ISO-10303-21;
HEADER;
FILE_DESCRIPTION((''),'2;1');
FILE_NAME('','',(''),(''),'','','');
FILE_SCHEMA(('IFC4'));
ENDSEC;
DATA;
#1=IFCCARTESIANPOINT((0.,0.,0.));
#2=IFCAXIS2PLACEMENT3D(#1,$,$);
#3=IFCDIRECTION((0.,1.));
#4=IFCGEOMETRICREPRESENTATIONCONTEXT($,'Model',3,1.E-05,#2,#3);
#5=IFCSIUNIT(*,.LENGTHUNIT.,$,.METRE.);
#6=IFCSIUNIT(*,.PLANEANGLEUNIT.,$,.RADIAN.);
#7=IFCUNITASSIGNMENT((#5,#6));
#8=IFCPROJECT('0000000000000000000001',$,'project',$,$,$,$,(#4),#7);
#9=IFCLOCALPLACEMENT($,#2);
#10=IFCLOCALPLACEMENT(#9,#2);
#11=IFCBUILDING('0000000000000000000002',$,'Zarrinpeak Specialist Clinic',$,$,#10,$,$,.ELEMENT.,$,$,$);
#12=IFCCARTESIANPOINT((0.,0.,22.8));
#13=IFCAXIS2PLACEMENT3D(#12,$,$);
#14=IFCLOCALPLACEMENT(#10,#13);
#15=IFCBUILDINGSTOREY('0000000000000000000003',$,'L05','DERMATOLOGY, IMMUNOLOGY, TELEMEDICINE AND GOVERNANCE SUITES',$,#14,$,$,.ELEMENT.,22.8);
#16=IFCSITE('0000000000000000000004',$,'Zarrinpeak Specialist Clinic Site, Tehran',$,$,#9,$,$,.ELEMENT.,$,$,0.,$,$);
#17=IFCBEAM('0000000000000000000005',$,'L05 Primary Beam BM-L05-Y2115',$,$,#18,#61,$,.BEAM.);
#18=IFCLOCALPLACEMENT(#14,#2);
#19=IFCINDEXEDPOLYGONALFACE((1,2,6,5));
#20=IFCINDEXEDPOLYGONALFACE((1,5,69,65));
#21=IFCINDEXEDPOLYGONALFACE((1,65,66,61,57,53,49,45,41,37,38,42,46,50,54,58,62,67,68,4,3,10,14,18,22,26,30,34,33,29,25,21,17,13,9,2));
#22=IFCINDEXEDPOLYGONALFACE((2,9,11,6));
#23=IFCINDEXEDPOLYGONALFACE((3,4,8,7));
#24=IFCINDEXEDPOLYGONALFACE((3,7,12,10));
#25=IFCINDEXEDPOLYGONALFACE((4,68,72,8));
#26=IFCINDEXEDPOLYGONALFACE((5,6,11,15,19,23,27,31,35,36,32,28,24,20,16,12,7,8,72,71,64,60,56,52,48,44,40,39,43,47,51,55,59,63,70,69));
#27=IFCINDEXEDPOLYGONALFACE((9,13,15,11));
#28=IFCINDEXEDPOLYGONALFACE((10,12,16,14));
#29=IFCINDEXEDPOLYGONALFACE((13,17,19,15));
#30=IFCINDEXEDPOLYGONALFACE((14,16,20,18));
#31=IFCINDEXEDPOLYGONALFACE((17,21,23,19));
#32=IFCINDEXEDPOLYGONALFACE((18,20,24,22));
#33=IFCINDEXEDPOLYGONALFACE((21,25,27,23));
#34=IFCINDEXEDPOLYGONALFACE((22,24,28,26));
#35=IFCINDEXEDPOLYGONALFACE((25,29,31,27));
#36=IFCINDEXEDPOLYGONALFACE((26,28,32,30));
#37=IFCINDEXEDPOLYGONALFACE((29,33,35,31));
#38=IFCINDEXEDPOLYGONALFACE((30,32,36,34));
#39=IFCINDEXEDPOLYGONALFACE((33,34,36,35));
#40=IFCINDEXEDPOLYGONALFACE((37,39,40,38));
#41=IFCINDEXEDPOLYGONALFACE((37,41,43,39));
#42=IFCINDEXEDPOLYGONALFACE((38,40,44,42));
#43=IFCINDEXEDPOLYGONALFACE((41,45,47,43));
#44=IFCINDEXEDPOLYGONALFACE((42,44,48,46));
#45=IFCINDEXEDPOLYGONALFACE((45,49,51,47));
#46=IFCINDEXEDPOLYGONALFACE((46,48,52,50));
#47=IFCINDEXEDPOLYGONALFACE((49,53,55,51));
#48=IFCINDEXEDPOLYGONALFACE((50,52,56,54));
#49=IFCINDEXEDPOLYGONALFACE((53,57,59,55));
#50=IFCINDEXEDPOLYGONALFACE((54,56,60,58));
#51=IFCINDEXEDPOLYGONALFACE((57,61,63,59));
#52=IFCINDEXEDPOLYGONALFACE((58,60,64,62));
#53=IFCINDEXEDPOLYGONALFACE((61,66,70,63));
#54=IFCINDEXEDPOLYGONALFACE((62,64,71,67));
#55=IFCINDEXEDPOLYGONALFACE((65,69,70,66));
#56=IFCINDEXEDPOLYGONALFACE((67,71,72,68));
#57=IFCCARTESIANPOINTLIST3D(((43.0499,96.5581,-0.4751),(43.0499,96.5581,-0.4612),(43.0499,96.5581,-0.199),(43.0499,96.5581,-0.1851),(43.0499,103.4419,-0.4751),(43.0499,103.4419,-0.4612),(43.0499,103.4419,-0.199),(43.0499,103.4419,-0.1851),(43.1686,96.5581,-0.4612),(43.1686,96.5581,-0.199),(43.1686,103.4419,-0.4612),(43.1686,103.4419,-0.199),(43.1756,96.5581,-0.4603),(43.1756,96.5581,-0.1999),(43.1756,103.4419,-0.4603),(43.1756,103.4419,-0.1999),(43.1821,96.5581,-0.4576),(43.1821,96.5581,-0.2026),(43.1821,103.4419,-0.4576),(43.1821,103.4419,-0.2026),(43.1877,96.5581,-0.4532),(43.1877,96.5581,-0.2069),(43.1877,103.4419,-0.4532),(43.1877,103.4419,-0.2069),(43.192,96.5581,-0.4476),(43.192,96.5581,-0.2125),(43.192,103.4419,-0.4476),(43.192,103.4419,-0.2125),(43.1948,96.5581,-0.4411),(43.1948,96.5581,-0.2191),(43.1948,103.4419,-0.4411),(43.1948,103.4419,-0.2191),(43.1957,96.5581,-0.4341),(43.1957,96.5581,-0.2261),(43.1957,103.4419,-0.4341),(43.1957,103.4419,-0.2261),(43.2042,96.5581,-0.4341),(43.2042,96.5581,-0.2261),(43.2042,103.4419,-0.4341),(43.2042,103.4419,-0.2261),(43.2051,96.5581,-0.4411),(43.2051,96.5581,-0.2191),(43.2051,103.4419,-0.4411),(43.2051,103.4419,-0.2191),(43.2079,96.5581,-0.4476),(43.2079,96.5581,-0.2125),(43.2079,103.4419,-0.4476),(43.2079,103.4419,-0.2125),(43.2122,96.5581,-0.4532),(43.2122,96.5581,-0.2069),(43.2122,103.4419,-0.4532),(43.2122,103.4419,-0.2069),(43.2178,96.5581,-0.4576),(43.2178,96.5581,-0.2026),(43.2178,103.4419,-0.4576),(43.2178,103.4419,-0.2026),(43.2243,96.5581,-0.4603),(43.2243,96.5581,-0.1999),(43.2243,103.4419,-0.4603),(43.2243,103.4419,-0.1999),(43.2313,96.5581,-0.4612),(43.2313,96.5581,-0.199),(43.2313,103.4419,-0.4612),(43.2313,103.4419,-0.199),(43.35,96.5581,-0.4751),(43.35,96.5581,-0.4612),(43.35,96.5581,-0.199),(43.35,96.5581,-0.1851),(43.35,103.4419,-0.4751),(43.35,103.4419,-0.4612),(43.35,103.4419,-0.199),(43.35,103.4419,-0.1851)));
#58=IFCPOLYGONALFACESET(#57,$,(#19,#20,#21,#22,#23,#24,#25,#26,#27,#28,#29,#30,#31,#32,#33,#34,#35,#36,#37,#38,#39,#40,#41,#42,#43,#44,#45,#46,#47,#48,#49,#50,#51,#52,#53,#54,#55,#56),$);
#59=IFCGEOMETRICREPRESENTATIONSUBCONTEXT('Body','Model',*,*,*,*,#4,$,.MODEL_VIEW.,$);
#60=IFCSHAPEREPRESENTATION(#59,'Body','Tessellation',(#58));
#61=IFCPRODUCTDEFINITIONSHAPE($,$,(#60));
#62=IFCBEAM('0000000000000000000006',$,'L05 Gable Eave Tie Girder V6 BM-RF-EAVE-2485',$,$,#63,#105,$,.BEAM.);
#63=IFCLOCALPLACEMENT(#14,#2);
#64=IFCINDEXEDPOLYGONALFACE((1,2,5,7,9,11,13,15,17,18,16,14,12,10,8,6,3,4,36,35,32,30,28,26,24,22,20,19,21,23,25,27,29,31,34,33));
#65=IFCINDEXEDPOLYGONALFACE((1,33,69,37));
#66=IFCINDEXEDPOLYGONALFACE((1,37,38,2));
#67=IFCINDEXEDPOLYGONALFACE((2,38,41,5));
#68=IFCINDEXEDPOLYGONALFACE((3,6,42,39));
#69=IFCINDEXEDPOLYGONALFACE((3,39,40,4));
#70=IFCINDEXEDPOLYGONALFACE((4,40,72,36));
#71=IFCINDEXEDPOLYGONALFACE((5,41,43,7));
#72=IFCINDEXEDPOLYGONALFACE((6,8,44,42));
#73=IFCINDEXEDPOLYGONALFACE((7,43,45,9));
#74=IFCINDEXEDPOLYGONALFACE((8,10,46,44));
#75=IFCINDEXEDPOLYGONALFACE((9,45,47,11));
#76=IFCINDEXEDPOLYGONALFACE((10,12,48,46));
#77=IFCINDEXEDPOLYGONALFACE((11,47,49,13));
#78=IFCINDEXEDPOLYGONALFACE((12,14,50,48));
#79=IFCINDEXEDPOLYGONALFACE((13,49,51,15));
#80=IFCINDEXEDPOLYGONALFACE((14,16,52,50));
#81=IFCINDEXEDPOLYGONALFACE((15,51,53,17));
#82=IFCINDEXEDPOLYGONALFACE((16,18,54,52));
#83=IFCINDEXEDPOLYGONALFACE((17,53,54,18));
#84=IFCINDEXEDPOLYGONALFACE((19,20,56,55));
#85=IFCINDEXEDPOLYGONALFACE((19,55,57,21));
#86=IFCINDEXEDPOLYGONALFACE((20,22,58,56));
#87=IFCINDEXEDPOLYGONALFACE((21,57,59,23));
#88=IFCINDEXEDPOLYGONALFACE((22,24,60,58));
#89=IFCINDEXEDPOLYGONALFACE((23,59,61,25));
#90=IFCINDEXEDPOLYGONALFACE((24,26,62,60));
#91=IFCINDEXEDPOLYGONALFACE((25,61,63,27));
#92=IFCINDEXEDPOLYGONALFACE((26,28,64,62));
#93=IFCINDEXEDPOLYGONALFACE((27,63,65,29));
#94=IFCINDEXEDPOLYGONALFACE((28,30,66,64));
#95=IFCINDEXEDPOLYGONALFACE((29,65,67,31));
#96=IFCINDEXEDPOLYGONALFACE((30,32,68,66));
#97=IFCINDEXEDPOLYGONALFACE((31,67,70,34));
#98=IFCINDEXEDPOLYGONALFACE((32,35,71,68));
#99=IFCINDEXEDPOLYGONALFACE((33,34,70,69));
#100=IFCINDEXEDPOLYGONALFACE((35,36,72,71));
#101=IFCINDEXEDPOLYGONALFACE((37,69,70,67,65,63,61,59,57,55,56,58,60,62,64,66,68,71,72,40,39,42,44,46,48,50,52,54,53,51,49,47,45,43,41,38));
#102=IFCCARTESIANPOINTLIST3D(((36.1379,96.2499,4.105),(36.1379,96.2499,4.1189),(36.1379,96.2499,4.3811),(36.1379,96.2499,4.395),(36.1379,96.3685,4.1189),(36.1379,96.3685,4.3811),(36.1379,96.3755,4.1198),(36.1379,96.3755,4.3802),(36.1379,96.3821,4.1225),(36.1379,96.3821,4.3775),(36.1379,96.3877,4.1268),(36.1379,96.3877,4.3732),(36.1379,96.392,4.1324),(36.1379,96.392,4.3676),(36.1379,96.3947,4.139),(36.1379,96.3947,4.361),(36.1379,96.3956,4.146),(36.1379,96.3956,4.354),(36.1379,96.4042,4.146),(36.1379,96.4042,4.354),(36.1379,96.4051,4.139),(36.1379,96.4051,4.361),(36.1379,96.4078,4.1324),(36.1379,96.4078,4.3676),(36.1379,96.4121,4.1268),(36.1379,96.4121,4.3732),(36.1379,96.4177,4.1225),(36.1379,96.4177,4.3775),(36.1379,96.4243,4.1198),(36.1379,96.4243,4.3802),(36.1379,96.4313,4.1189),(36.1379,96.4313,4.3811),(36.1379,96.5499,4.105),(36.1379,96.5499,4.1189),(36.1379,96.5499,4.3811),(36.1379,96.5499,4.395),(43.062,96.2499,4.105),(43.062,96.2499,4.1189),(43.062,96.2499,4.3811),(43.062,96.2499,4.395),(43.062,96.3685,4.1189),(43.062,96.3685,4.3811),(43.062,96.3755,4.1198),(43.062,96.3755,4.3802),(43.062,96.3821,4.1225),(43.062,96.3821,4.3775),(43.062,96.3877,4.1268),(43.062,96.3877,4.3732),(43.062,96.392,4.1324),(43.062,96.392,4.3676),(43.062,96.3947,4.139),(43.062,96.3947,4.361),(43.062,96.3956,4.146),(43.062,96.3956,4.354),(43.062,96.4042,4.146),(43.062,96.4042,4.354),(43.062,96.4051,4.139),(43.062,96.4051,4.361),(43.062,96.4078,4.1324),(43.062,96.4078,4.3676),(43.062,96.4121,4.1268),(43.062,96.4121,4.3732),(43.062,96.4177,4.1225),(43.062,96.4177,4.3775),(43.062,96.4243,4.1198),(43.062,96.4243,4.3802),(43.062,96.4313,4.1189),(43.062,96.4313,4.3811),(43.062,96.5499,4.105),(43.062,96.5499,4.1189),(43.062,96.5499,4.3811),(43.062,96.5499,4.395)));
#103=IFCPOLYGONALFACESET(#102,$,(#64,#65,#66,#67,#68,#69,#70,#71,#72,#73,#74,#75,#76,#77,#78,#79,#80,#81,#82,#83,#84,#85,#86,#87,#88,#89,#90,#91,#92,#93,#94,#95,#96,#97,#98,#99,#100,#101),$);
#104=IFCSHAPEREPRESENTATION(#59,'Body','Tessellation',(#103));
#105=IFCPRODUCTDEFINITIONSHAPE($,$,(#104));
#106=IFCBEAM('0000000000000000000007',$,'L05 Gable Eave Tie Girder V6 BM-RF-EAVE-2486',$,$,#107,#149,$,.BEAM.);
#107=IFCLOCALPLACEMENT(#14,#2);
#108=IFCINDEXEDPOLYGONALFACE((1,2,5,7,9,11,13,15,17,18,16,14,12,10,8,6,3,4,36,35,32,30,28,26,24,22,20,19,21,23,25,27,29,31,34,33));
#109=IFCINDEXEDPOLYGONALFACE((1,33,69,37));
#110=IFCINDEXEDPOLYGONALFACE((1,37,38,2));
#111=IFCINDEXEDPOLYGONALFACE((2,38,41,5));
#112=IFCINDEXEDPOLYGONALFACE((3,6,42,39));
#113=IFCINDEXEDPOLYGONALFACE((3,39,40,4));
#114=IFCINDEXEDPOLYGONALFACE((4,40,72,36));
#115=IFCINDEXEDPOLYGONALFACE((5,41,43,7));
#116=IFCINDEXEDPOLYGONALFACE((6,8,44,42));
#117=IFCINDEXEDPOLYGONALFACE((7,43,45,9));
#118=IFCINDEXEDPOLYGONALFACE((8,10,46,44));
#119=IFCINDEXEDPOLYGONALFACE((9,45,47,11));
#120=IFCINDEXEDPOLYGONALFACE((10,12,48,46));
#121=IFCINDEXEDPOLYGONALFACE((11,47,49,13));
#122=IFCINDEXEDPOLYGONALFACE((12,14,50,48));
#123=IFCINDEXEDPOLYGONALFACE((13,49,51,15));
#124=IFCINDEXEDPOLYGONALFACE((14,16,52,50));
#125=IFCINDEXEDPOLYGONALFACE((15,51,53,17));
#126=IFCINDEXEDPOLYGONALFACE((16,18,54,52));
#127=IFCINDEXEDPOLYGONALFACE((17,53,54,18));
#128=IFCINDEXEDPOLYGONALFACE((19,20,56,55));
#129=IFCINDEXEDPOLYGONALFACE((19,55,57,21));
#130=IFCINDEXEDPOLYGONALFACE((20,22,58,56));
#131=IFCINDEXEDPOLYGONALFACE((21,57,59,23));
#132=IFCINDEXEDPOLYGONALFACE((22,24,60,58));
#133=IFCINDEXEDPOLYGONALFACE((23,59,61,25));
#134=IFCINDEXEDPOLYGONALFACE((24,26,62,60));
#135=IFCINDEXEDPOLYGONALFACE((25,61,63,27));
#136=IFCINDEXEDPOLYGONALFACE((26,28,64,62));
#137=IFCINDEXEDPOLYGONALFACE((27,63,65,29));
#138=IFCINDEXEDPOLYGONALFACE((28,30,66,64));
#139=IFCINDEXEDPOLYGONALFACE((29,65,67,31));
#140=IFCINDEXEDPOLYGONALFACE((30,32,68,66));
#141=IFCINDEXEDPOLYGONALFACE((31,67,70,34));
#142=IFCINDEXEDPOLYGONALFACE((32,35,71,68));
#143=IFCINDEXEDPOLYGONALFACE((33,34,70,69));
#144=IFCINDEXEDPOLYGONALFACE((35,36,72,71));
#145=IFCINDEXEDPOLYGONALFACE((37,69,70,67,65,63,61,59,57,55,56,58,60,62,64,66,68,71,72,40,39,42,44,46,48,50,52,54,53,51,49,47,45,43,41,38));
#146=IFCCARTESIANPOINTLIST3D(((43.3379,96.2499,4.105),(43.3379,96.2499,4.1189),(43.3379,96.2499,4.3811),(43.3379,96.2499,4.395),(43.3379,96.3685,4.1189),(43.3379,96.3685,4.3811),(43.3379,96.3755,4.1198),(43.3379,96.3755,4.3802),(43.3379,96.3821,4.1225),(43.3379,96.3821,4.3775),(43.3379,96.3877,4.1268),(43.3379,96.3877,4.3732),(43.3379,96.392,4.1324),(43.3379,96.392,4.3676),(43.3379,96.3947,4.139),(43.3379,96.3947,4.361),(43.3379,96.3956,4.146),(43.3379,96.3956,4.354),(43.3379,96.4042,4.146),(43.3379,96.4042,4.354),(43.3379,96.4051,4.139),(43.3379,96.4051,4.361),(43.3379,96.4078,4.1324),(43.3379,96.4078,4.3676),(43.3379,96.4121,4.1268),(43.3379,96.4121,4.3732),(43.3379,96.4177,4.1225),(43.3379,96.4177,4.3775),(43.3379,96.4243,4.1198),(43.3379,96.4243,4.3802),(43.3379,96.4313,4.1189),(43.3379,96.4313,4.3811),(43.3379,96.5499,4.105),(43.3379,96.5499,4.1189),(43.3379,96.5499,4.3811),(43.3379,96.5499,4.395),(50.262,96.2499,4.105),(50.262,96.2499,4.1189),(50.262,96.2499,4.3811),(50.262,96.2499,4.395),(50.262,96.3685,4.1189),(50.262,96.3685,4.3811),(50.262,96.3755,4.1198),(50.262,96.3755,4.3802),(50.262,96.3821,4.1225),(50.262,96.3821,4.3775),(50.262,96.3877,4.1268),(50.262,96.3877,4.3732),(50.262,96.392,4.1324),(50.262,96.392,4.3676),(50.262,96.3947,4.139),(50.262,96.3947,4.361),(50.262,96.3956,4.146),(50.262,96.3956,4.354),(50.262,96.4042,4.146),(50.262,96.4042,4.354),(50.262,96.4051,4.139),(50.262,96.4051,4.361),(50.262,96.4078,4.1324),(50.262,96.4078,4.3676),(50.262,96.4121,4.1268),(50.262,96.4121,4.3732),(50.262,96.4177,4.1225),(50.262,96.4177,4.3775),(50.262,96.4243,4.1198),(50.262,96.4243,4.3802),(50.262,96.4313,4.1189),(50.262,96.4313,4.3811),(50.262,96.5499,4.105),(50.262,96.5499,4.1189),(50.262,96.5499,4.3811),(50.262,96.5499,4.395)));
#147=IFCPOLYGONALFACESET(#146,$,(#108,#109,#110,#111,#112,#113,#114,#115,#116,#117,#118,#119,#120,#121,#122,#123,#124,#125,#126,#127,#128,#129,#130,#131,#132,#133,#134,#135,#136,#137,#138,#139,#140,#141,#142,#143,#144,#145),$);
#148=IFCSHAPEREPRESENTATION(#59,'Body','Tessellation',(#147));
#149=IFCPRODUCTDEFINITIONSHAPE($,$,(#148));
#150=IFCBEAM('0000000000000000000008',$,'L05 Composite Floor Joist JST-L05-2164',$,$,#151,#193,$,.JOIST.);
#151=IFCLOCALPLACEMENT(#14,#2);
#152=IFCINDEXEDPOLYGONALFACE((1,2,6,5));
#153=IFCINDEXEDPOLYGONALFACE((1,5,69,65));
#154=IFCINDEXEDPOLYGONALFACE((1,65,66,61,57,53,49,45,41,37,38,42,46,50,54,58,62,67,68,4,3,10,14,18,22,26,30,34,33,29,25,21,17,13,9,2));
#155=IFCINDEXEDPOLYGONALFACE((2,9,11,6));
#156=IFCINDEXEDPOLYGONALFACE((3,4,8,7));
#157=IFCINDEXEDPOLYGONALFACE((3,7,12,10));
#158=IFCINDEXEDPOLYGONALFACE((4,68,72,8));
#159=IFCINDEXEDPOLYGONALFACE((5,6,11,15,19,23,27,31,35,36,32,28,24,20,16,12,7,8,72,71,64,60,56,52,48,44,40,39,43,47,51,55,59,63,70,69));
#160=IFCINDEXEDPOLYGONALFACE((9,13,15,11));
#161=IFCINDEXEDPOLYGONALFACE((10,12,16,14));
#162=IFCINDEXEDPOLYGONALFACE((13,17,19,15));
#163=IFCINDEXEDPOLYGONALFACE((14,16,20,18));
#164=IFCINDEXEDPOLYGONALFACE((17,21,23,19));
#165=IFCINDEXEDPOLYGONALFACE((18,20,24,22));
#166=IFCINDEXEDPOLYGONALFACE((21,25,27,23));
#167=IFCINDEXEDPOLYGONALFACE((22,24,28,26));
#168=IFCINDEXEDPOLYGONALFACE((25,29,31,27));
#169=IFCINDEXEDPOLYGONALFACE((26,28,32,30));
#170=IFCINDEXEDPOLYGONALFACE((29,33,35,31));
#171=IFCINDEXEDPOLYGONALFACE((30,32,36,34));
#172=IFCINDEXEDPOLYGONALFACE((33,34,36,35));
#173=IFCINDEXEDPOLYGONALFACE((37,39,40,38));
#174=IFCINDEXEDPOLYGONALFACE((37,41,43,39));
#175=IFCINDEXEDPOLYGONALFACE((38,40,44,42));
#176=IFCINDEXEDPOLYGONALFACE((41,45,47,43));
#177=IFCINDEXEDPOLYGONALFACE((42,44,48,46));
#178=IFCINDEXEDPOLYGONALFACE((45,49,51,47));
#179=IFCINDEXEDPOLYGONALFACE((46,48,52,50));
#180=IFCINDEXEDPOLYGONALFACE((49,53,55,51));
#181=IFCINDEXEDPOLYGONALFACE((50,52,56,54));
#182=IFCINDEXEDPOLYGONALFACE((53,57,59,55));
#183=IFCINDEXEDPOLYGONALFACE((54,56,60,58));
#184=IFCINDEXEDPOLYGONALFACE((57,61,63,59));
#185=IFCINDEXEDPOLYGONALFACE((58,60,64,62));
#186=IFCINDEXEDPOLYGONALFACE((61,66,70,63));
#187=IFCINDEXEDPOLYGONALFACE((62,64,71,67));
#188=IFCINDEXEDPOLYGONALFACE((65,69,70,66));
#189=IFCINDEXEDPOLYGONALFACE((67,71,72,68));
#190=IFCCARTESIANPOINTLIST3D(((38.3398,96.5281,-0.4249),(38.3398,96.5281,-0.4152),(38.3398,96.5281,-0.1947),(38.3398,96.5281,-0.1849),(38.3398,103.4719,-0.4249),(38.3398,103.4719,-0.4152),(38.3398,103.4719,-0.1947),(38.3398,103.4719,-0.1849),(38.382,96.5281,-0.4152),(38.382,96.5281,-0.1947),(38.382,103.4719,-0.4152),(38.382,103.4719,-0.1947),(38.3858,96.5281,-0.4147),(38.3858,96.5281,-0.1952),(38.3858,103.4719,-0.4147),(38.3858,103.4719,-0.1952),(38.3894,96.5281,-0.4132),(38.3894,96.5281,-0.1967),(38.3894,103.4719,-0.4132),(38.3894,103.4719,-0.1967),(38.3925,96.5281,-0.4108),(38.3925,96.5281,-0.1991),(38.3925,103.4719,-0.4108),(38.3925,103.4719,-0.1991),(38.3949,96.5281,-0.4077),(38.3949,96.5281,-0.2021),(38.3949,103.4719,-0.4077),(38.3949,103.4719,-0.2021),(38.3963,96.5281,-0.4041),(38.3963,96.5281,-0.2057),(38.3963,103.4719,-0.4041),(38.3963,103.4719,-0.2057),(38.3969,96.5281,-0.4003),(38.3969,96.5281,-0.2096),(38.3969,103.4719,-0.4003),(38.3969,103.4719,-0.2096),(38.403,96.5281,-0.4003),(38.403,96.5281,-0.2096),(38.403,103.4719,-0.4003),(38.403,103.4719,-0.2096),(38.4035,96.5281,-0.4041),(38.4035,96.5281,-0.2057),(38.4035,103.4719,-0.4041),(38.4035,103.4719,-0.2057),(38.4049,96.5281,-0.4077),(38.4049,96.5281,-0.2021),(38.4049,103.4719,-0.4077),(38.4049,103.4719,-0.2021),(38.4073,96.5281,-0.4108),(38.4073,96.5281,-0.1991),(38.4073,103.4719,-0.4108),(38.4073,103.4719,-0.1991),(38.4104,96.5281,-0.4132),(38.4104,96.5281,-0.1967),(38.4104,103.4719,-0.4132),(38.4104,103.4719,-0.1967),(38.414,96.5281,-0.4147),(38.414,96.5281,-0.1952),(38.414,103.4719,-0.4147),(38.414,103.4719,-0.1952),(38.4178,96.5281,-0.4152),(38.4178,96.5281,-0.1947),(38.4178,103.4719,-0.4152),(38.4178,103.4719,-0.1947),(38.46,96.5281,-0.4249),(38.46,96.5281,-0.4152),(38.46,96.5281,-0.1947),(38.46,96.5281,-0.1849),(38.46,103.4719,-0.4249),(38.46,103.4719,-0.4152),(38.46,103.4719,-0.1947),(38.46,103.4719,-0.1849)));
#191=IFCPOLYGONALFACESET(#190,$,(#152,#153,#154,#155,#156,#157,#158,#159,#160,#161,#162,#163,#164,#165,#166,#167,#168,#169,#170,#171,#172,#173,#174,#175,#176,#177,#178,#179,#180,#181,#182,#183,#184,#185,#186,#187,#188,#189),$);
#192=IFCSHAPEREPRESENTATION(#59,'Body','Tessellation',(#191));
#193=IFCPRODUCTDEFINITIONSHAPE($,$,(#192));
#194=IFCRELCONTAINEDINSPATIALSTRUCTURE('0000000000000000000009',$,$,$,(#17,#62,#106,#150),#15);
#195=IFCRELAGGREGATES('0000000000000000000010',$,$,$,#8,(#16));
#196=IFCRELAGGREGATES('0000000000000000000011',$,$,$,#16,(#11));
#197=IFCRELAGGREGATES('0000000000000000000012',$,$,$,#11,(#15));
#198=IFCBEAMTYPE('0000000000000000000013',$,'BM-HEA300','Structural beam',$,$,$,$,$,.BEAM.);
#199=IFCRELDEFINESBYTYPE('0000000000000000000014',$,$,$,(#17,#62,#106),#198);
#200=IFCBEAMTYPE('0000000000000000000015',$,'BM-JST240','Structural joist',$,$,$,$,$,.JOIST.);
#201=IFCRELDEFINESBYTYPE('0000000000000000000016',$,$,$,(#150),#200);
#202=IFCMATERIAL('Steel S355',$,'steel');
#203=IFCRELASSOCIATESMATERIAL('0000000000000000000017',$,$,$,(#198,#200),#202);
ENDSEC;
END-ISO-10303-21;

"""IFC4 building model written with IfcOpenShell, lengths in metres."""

from ifc_helpers import new_model, si_unit, direction, frame, origin, origin_2d, place, context, subcontext, project, spatial, i_section, extrude, material, material_profile, profile_set, type_object, element, save


model = new_model("IFC4")

# Units and contexts
model_context = context("Model", 3, precision=1e-05, world=origin(), true_north=direction((0.0, 1.0)))
body_context = subcontext(model_context, "Body", "Model", "MODEL_VIEW")
ifc_project = project(units=[si_unit("LENGTHUNIT", "METRE"), si_unit("PLANEANGLEUNIT", "RADIAN")], contexts=[model_context])

# Site, building, storey
site_placement = place(None, origin())
site = spatial("IfcSite", under=ifc_project, at=site_placement, Name="Zarrinpeak Specialist Clinic Site, Tehran", CompositionType="ELEMENT", RefElevation=0.0)
building_placement = place(site_placement, origin())
building = spatial("IfcBuilding", under=site, at=building_placement, Name="Zarrinpeak Specialist Clinic", CompositionType="ELEMENT")
storey_placement = place(building_placement, frame((0.0, 0.0, 22.8)))
storey = spatial("IfcBuildingStorey", under=building, at=storey_placement, Name="L05", Description="DERMATOLOGY, IMMUNOLOGY, TELEMEDICINE AND GOVERNANCE SUITES", CompositionType="ELEMENT", Elevation=22.8)

# Shared definitions
ifc_material_1 = material(Name="Steel S355", Category="steel")

# Beams
ifc_material_profile_1 = material_profile(ifc_material_1, i_section(OverallWidth=0.3, OverallDepth=0.29, WebThickness=0.0085, FlangeThickness=0.0139, FilletRadius=0.0271, at=origin_2d()), Name="HEA 300")
ifc_profile_set_1 = profile_set([ifc_material_profile_1], Name="Steel S355")
beam_type_1 = type_object("IfcBeamType", Name="BM-HEA300", Description="Structural beam", PredefinedType="BEAM", material=ifc_profile_set_1)
beam_1_placement = place(storey_placement, frame((43.2, 96.5581, -0.3301), z_axis=(0.0, 1.0, 0.0), x_axis=(-1.0, 0.0, 0.0)))
element("IfcBeam", 1, at=beam_1_placement, inside=storey, type_object=beam_type_1, Name="L05 Primary Beam BM-L05-Y2115", PredefinedType="BEAM", context=body_context, shape_type="SweptSolid", body=[
    extrude(i_section(OverallWidth=0.3, OverallDepth=0.29, WebThickness=0.0085, FlangeThickness=0.0139, FilletRadius=0.0271, at=origin_2d()), origin(), (0.0, 0.0, 1.0), 6.8838),
])
for number, where, z_axis, x_axis, name in (
    (2, (36.1379, 96.3999, 4.25), (1.0, 0.0, 0.0), (0.0, 1.0, 0.0), "L05 Gable Eave Tie Girder V6 BM-RF-EAVE-2485"),
    (3, (43.3379, 96.3999, 4.25), (1.0, 0.0, 0.0), (0.0, 1.0, 0.0), "L05 Gable Eave Tie Girder V6 BM-RF-EAVE-2486"),
):
    element("IfcBeam", number, at=place(storey_placement, frame(where, z_axis=z_axis, x_axis=x_axis)), inside=storey, type_object=beam_type_1, Name=name, PredefinedType="BEAM", context=body_context, shape_type="SweptSolid", body=[
        extrude(i_section(OverallWidth=0.3, OverallDepth=0.29, WebThickness=0.0085, FlangeThickness=0.0139, FilletRadius=0.0271, at=origin_2d()), origin(), (0.0, 0.0, 1.0), 6.9241),
    ])
ifc_material_profile_2 = material_profile(ifc_material_1, i_section(OverallWidth=0.1201, OverallDepth=0.24, WebThickness=0.0061, FlangeThickness=0.0098, FilletRadius=0.0149, at=origin_2d()), Name="IPE 240")
ifc_profile_set_2 = profile_set([ifc_material_profile_2], Name="Steel S355")
beam_type_2 = type_object("IfcBeamType", Name="BM-JST240", Description="Structural joist", PredefinedType="JOIST", material=ifc_profile_set_2)
for number, where, z_axis, x_axis, name in (
    (4, (38.3999, 96.5281, -0.3049), (0.0, 1.0, 0.0), (-1.0, 0.0, 0.0), "L05 Composite Floor Joist JST-L05-2164"),
):
    element("IfcBeam", number, at=place(storey_placement, frame(where, z_axis=z_axis, x_axis=x_axis)), inside=storey, type_object=beam_type_2, Name=name, PredefinedType="JOIST", context=body_context, shape_type="SweptSolid", body=[
        extrude(i_section(OverallWidth=0.1201, OverallDepth=0.24, WebThickness=0.0061, FlangeThickness=0.0098, FilletRadius=0.0149, at=origin_2d()), origin(), (0.0, 0.0, 1.0), 6.9438),
    ])

save(model, "model.ifc")
